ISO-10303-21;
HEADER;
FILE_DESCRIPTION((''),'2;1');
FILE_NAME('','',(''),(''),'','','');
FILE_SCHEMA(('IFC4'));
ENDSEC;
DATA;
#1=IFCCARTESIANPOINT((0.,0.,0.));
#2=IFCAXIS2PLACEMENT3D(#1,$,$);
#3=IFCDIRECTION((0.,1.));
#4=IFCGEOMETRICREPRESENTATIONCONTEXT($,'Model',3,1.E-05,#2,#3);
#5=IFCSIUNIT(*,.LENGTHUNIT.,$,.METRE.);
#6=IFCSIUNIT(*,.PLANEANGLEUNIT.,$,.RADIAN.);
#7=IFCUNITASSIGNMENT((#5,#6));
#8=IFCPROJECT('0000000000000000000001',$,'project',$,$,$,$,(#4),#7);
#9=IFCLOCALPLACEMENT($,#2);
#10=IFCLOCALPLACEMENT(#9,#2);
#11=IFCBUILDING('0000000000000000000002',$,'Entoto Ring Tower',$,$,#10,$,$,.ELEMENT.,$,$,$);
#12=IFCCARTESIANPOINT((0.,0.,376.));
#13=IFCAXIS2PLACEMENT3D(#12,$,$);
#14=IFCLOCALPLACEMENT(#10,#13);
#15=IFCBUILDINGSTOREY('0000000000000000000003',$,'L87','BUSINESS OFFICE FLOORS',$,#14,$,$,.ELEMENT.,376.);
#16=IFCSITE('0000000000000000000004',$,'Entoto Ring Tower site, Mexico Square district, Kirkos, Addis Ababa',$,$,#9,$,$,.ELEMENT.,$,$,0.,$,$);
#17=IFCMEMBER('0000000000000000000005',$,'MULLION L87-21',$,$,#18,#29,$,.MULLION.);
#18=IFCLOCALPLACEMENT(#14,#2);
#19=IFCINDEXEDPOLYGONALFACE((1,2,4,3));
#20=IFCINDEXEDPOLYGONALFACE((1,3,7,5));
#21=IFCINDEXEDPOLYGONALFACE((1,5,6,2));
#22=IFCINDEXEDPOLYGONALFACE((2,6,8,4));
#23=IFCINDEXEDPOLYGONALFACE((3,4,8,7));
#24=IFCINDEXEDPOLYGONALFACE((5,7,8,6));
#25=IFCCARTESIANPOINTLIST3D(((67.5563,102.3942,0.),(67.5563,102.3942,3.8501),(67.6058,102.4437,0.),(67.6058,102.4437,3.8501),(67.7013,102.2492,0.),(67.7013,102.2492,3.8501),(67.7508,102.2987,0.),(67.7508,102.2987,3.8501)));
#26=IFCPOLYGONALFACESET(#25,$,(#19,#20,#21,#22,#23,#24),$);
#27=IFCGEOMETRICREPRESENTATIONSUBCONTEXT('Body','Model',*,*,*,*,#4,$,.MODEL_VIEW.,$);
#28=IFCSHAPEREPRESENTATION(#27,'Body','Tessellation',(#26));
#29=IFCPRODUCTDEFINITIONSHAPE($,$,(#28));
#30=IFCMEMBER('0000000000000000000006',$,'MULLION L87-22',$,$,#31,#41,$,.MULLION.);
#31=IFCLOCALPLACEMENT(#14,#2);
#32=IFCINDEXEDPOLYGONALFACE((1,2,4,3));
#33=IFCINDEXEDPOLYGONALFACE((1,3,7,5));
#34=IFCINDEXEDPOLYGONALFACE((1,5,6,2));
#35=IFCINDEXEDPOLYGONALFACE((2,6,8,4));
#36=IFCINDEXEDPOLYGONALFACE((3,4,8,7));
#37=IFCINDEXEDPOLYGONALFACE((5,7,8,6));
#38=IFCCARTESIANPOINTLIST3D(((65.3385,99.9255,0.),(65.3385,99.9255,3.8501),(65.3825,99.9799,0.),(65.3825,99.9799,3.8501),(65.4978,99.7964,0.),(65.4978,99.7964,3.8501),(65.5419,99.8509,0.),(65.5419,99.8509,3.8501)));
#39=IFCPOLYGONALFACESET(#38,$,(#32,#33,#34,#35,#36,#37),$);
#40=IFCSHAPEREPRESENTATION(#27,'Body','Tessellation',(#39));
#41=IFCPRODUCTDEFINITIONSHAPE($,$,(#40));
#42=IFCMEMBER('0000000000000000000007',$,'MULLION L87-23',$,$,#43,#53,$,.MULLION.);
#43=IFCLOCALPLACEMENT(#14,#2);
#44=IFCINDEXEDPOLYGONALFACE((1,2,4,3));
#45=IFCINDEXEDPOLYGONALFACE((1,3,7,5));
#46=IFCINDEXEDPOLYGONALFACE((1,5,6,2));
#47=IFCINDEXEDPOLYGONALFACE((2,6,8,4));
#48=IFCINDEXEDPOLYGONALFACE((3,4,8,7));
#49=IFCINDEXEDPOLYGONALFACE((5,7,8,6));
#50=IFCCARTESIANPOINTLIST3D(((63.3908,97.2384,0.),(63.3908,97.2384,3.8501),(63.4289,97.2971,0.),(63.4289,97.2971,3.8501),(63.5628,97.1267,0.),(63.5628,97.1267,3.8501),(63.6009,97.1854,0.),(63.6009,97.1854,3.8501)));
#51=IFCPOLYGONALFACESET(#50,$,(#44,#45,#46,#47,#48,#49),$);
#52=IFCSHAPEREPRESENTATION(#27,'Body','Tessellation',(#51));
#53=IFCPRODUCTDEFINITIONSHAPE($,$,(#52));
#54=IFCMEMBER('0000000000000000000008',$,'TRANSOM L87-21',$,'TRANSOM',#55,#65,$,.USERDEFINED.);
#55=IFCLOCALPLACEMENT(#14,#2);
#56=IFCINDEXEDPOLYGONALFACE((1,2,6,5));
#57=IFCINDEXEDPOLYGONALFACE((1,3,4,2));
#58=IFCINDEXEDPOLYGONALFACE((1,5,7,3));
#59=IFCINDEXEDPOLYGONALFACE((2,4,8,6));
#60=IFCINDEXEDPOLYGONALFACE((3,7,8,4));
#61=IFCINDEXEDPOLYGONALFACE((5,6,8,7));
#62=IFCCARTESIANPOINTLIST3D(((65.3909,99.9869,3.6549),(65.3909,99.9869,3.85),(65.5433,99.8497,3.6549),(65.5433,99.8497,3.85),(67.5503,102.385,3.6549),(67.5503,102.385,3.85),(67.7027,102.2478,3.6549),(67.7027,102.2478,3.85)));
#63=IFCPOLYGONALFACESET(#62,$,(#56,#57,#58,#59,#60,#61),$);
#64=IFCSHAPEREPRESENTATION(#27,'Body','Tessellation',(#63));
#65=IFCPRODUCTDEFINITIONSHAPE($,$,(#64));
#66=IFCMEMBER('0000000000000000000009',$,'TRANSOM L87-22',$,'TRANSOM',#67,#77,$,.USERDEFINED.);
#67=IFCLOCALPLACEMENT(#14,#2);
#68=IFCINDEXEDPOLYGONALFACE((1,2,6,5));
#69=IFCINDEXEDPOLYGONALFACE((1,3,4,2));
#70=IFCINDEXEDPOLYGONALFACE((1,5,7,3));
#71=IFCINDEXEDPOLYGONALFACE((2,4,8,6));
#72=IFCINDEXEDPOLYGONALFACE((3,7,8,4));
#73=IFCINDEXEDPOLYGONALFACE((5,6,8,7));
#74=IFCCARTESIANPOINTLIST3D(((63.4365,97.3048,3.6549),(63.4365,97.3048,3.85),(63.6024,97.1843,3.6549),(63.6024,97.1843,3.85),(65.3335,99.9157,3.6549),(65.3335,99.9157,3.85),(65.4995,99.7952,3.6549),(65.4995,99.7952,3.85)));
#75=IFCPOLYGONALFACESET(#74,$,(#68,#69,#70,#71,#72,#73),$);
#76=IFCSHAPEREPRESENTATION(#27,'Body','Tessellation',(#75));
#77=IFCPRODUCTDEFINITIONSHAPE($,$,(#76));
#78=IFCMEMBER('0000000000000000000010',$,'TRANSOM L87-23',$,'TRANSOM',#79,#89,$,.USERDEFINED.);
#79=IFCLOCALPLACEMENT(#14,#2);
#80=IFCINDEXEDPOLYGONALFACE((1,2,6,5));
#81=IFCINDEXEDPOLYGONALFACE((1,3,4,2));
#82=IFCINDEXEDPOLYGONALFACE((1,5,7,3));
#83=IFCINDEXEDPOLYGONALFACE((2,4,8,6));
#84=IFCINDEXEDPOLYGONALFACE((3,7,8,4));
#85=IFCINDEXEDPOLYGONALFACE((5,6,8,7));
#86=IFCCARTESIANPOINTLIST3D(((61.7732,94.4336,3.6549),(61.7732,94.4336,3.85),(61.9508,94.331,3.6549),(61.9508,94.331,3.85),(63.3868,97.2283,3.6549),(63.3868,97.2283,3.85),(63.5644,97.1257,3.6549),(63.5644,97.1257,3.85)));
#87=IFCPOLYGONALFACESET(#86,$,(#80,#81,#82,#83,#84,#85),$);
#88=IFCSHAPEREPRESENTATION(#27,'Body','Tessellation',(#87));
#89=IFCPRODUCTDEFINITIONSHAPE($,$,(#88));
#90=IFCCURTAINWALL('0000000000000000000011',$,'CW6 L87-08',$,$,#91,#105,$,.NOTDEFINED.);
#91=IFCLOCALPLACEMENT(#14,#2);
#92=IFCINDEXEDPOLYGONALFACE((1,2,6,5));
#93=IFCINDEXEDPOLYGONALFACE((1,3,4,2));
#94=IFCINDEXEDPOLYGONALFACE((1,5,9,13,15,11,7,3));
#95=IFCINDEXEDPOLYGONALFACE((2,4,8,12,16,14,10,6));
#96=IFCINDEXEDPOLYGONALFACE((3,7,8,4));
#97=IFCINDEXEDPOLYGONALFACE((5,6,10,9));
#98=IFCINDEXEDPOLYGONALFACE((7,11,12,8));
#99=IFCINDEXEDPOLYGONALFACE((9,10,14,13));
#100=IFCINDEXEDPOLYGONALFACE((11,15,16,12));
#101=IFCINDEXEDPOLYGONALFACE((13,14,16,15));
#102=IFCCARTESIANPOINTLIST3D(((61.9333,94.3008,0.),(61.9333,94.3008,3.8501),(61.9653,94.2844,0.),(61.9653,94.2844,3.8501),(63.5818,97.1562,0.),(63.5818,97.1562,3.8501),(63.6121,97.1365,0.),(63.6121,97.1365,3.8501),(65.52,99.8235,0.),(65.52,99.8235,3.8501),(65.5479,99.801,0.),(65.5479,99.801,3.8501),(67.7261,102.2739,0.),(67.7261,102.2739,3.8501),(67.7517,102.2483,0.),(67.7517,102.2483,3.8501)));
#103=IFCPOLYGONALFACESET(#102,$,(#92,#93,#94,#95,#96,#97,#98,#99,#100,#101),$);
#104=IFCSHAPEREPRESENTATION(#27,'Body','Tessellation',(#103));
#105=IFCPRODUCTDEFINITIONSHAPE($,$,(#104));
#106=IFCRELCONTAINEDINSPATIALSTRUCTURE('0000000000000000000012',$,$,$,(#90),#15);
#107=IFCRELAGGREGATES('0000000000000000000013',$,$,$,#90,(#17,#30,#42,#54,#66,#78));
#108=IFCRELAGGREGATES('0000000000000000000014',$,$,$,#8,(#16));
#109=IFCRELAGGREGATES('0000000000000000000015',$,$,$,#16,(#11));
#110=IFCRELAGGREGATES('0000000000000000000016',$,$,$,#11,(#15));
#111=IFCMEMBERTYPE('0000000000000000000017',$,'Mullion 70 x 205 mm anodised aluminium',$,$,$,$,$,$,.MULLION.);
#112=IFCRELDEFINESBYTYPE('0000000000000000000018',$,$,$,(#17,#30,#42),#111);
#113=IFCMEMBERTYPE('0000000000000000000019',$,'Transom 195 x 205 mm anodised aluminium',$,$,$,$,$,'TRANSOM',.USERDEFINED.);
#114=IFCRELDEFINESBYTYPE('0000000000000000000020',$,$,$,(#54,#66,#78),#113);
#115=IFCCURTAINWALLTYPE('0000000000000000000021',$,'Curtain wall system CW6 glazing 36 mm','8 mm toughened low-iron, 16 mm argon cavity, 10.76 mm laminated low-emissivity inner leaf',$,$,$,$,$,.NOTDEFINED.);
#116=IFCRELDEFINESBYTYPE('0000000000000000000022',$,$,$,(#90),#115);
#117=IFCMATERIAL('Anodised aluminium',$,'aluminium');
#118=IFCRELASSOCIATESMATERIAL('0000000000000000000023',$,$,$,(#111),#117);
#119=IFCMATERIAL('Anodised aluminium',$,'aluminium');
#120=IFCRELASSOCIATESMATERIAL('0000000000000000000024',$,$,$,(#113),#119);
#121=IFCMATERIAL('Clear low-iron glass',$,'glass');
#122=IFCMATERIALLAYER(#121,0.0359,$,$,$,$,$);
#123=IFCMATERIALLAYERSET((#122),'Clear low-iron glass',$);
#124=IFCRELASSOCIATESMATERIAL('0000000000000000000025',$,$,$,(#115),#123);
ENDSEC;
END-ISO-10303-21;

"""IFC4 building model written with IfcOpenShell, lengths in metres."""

from ifc_helpers import new_model, si_unit, direction, frame, origin, origin_2d, place, context, subcontext, project, spatial, polyline, rectangle, outline, extrude, material, layer, layer_set, material_profile, profile_set, type_object, element, aggregate, save


model = new_model("IFC4")

# Units and contexts
model_context = context("Model", 3, precision=1e-05, world=origin(), true_north=direction((0.0, 1.0)))
body_context = subcontext(model_context, "Body", "Model", "MODEL_VIEW")
ifc_project = project(units=[si_unit("LENGTHUNIT", "METRE"), si_unit("PLANEANGLEUNIT", "RADIAN")], contexts=[model_context])

# Members
ifc_material_1 = material(Name="Anodised aluminium", Category="aluminium")
ifc_material_profile_1 = material_profile(ifc_material_1, rectangle(XDim=0.0701, YDim=0.2051, at=origin_2d()), Name="Mullion 70 x 205 mm anodised aluminium")
ifc_profile_set_1 = profile_set([ifc_material_profile_1], Name="Anodised aluminium")
member_type_1 = type_object("IfcMemberType", Name="Mullion 70 x 205 mm anodised aluminium", PredefinedType="MULLION", material=ifc_profile_set_1)
site_placement = place(None, origin())
building_placement = place(site_placement, origin())
storey_placement = place(building_placement, frame((0.0, 0.0, 376.0)))
member_1_placement = place(storey_placement, frame((67.6536, 102.3464, 0.0), z_axis=(0.0, 0.0, 1.0), x_axis=(-0.707107, -0.707107, 0.0)))
member_1 = element("IfcMember", 1, at=member_1_placement, type_object=member_type_1, Name="MULLION L87-21", PredefinedType="MULLION", context=body_context, shape_type="SweptSolid", body=[
    extrude(rectangle(XDim=0.0701, YDim=0.2051, at=origin_2d()), origin(), (0.0, 0.0, 1.0), 3.8501),
])
member_2_placement = place(storey_placement, frame((65.4402, 99.8882, 0.0), z_axis=(0.0, 0.0, 1.0), x_axis=(-0.62932, -0.777146, 0.0)))
member_2 = element("IfcMember", 2, at=member_2_placement, type_object=member_type_1, Name="MULLION L87-22", PredefinedType="MULLION", context=body_context, shape_type="SweptSolid", body=[
    extrude(rectangle(XDim=0.0701, YDim=0.2051, at=origin_2d()), origin(), (0.0, 0.0, 1.0), 3.8501),
])
member_3_placement = place(storey_placement, frame((63.4958, 97.2119, 0.0), z_axis=(0.0, 0.0, 1.0), x_axis=(-0.544639, -0.838671, 0.0)))
member_3 = element("IfcMember", 3, at=member_3_placement, type_object=member_type_1, Name="MULLION L87-23", PredefinedType="MULLION", context=body_context, shape_type="SweptSolid", body=[
    extrude(rectangle(XDim=0.0701, YDim=0.2051, at=origin_2d()), origin(), (0.0, 0.0, 1.0), 3.8501),
])
ifc_material_2 = material(Name="Anodised aluminium", Category="aluminium")
ifc_material_profile_2 = material_profile(ifc_material_2, rectangle(XDim=0.2051, YDim=0.1951, at=origin_2d()), Name="Transom 195 x 205 mm anodised aluminium")
ifc_profile_set_2 = profile_set([ifc_material_profile_2], Name="Anodised aluminium")
member_type_2 = type_object("IfcMemberType", Name="Transom 195 x 205 mm anodised aluminium", ElementType="TRANSOM", PredefinedType="USERDEFINED", material=ifc_profile_set_2)
member_4_placement = place(storey_placement, frame((67.6265, 102.3164, 3.7524), z_axis=(-0.669144, -0.743132, 0.0), x_axis=(0.743132, -0.669144, 0.0)))
member_4 = element("IfcMember", 4, at=member_4_placement, type_object=member_type_2, Name="TRANSOM L87-21", ObjectType="TRANSOM", PredefinedType="USERDEFINED", context=body_context, shape_type="SweptSolid", body=[
    extrude(rectangle(XDim=0.2051, YDim=0.1951, at=origin_2d()), origin(), (0.0, 0.0, 1.0), 3.2271),
])
member_5_placement = place(storey_placement, frame((65.4165, 99.8555, 3.7524), z_axis=(-0.587803, -0.809004, 0.0), x_axis=(0.809004, -0.587803, 0.0)))
member_5 = element("IfcMember", 5, at=member_5_placement, type_object=member_type_2, Name="TRANSOM L87-22", ObjectType="TRANSOM", PredefinedType="USERDEFINED", context=body_context, shape_type="SweptSolid", body=[
    extrude(rectangle(XDim=0.2051, YDim=0.1951, at=origin_2d()), origin(), (0.0, 0.0, 1.0), 3.2273),
])
member_6_placement = place(storey_placement, frame((63.4756, 97.177, 3.7524), z_axis=(-0.500004, -0.866023, 0.0), x_axis=(0.866023, -0.500004, 0.0)))
member_6 = element("IfcMember", 6, at=member_6_placement, type_object=member_type_2, Name="TRANSOM L87-23", ObjectType="TRANSOM", PredefinedType="USERDEFINED", context=body_context, shape_type="SweptSolid", body=[
    extrude(rectangle(XDim=0.2051, YDim=0.1951, at=origin_2d()), origin(), (0.0, 0.0, 1.0), 3.2271),
])

# Site, building, storey
site = spatial("IfcSite", under=ifc_project, at=site_placement, Name="Entoto Ring Tower site, Mexico Square district, Kirkos, Addis Ababa", CompositionType="ELEMENT", RefElevation=0.0)
building = spatial("IfcBuilding", under=site, at=building_placement, Name="Entoto Ring Tower", CompositionType="ELEMENT")
storey = spatial("IfcBuildingStorey", under=building, at=storey_placement, Name="L87", Description="BUSINESS OFFICE FLOORS", CompositionType="ELEMENT", Elevation=376.0)

# Curtain wall
ifc_material_3 = material(Name="Clear low-iron glass", Category="glass")
ifc_layer = layer(ifc_material_3, 0.0359)
ifc_layer_set = layer_set([ifc_layer], Name="Clear low-iron glass")
curtain_wall_type = type_object("IfcCurtainWallType", Name="Curtain wall system CW6 glazing 36 mm", Description="8 mm toughened low-iron, 16 mm argon cavity, 10.76 mm laminated low-emissivity inner leaf", PredefinedType="NOTDEFINED", material=ifc_layer_set)
curtain_wall_1_placement = place(storey_placement, origin())
curtain_wall_1 = element("IfcCurtainWall", 7, at=curtain_wall_1_placement, inside=storey, type_object=curtain_wall_type, Name="CW6 L87-08", PredefinedType="NOTDEFINED", context=body_context, shape_type="SweptSolid", body=[
    extrude(outline(polyline([(67.7261, 102.2739), (65.52, 99.8235), (63.5818, 97.1562), (61.9333, 94.3008), (61.9653, 94.2844), (63.6121, 97.1365), (65.5479, 99.801), (67.7517, 102.2483), (67.7261, 102.2739)])), origin(), (0.0, 0.0, 1.0), 3.8501),
])
aggregate(curtain_wall_1, [member_1, member_2, member_3, member_4, member_5, member_6])

save(model, "model.ifc")
